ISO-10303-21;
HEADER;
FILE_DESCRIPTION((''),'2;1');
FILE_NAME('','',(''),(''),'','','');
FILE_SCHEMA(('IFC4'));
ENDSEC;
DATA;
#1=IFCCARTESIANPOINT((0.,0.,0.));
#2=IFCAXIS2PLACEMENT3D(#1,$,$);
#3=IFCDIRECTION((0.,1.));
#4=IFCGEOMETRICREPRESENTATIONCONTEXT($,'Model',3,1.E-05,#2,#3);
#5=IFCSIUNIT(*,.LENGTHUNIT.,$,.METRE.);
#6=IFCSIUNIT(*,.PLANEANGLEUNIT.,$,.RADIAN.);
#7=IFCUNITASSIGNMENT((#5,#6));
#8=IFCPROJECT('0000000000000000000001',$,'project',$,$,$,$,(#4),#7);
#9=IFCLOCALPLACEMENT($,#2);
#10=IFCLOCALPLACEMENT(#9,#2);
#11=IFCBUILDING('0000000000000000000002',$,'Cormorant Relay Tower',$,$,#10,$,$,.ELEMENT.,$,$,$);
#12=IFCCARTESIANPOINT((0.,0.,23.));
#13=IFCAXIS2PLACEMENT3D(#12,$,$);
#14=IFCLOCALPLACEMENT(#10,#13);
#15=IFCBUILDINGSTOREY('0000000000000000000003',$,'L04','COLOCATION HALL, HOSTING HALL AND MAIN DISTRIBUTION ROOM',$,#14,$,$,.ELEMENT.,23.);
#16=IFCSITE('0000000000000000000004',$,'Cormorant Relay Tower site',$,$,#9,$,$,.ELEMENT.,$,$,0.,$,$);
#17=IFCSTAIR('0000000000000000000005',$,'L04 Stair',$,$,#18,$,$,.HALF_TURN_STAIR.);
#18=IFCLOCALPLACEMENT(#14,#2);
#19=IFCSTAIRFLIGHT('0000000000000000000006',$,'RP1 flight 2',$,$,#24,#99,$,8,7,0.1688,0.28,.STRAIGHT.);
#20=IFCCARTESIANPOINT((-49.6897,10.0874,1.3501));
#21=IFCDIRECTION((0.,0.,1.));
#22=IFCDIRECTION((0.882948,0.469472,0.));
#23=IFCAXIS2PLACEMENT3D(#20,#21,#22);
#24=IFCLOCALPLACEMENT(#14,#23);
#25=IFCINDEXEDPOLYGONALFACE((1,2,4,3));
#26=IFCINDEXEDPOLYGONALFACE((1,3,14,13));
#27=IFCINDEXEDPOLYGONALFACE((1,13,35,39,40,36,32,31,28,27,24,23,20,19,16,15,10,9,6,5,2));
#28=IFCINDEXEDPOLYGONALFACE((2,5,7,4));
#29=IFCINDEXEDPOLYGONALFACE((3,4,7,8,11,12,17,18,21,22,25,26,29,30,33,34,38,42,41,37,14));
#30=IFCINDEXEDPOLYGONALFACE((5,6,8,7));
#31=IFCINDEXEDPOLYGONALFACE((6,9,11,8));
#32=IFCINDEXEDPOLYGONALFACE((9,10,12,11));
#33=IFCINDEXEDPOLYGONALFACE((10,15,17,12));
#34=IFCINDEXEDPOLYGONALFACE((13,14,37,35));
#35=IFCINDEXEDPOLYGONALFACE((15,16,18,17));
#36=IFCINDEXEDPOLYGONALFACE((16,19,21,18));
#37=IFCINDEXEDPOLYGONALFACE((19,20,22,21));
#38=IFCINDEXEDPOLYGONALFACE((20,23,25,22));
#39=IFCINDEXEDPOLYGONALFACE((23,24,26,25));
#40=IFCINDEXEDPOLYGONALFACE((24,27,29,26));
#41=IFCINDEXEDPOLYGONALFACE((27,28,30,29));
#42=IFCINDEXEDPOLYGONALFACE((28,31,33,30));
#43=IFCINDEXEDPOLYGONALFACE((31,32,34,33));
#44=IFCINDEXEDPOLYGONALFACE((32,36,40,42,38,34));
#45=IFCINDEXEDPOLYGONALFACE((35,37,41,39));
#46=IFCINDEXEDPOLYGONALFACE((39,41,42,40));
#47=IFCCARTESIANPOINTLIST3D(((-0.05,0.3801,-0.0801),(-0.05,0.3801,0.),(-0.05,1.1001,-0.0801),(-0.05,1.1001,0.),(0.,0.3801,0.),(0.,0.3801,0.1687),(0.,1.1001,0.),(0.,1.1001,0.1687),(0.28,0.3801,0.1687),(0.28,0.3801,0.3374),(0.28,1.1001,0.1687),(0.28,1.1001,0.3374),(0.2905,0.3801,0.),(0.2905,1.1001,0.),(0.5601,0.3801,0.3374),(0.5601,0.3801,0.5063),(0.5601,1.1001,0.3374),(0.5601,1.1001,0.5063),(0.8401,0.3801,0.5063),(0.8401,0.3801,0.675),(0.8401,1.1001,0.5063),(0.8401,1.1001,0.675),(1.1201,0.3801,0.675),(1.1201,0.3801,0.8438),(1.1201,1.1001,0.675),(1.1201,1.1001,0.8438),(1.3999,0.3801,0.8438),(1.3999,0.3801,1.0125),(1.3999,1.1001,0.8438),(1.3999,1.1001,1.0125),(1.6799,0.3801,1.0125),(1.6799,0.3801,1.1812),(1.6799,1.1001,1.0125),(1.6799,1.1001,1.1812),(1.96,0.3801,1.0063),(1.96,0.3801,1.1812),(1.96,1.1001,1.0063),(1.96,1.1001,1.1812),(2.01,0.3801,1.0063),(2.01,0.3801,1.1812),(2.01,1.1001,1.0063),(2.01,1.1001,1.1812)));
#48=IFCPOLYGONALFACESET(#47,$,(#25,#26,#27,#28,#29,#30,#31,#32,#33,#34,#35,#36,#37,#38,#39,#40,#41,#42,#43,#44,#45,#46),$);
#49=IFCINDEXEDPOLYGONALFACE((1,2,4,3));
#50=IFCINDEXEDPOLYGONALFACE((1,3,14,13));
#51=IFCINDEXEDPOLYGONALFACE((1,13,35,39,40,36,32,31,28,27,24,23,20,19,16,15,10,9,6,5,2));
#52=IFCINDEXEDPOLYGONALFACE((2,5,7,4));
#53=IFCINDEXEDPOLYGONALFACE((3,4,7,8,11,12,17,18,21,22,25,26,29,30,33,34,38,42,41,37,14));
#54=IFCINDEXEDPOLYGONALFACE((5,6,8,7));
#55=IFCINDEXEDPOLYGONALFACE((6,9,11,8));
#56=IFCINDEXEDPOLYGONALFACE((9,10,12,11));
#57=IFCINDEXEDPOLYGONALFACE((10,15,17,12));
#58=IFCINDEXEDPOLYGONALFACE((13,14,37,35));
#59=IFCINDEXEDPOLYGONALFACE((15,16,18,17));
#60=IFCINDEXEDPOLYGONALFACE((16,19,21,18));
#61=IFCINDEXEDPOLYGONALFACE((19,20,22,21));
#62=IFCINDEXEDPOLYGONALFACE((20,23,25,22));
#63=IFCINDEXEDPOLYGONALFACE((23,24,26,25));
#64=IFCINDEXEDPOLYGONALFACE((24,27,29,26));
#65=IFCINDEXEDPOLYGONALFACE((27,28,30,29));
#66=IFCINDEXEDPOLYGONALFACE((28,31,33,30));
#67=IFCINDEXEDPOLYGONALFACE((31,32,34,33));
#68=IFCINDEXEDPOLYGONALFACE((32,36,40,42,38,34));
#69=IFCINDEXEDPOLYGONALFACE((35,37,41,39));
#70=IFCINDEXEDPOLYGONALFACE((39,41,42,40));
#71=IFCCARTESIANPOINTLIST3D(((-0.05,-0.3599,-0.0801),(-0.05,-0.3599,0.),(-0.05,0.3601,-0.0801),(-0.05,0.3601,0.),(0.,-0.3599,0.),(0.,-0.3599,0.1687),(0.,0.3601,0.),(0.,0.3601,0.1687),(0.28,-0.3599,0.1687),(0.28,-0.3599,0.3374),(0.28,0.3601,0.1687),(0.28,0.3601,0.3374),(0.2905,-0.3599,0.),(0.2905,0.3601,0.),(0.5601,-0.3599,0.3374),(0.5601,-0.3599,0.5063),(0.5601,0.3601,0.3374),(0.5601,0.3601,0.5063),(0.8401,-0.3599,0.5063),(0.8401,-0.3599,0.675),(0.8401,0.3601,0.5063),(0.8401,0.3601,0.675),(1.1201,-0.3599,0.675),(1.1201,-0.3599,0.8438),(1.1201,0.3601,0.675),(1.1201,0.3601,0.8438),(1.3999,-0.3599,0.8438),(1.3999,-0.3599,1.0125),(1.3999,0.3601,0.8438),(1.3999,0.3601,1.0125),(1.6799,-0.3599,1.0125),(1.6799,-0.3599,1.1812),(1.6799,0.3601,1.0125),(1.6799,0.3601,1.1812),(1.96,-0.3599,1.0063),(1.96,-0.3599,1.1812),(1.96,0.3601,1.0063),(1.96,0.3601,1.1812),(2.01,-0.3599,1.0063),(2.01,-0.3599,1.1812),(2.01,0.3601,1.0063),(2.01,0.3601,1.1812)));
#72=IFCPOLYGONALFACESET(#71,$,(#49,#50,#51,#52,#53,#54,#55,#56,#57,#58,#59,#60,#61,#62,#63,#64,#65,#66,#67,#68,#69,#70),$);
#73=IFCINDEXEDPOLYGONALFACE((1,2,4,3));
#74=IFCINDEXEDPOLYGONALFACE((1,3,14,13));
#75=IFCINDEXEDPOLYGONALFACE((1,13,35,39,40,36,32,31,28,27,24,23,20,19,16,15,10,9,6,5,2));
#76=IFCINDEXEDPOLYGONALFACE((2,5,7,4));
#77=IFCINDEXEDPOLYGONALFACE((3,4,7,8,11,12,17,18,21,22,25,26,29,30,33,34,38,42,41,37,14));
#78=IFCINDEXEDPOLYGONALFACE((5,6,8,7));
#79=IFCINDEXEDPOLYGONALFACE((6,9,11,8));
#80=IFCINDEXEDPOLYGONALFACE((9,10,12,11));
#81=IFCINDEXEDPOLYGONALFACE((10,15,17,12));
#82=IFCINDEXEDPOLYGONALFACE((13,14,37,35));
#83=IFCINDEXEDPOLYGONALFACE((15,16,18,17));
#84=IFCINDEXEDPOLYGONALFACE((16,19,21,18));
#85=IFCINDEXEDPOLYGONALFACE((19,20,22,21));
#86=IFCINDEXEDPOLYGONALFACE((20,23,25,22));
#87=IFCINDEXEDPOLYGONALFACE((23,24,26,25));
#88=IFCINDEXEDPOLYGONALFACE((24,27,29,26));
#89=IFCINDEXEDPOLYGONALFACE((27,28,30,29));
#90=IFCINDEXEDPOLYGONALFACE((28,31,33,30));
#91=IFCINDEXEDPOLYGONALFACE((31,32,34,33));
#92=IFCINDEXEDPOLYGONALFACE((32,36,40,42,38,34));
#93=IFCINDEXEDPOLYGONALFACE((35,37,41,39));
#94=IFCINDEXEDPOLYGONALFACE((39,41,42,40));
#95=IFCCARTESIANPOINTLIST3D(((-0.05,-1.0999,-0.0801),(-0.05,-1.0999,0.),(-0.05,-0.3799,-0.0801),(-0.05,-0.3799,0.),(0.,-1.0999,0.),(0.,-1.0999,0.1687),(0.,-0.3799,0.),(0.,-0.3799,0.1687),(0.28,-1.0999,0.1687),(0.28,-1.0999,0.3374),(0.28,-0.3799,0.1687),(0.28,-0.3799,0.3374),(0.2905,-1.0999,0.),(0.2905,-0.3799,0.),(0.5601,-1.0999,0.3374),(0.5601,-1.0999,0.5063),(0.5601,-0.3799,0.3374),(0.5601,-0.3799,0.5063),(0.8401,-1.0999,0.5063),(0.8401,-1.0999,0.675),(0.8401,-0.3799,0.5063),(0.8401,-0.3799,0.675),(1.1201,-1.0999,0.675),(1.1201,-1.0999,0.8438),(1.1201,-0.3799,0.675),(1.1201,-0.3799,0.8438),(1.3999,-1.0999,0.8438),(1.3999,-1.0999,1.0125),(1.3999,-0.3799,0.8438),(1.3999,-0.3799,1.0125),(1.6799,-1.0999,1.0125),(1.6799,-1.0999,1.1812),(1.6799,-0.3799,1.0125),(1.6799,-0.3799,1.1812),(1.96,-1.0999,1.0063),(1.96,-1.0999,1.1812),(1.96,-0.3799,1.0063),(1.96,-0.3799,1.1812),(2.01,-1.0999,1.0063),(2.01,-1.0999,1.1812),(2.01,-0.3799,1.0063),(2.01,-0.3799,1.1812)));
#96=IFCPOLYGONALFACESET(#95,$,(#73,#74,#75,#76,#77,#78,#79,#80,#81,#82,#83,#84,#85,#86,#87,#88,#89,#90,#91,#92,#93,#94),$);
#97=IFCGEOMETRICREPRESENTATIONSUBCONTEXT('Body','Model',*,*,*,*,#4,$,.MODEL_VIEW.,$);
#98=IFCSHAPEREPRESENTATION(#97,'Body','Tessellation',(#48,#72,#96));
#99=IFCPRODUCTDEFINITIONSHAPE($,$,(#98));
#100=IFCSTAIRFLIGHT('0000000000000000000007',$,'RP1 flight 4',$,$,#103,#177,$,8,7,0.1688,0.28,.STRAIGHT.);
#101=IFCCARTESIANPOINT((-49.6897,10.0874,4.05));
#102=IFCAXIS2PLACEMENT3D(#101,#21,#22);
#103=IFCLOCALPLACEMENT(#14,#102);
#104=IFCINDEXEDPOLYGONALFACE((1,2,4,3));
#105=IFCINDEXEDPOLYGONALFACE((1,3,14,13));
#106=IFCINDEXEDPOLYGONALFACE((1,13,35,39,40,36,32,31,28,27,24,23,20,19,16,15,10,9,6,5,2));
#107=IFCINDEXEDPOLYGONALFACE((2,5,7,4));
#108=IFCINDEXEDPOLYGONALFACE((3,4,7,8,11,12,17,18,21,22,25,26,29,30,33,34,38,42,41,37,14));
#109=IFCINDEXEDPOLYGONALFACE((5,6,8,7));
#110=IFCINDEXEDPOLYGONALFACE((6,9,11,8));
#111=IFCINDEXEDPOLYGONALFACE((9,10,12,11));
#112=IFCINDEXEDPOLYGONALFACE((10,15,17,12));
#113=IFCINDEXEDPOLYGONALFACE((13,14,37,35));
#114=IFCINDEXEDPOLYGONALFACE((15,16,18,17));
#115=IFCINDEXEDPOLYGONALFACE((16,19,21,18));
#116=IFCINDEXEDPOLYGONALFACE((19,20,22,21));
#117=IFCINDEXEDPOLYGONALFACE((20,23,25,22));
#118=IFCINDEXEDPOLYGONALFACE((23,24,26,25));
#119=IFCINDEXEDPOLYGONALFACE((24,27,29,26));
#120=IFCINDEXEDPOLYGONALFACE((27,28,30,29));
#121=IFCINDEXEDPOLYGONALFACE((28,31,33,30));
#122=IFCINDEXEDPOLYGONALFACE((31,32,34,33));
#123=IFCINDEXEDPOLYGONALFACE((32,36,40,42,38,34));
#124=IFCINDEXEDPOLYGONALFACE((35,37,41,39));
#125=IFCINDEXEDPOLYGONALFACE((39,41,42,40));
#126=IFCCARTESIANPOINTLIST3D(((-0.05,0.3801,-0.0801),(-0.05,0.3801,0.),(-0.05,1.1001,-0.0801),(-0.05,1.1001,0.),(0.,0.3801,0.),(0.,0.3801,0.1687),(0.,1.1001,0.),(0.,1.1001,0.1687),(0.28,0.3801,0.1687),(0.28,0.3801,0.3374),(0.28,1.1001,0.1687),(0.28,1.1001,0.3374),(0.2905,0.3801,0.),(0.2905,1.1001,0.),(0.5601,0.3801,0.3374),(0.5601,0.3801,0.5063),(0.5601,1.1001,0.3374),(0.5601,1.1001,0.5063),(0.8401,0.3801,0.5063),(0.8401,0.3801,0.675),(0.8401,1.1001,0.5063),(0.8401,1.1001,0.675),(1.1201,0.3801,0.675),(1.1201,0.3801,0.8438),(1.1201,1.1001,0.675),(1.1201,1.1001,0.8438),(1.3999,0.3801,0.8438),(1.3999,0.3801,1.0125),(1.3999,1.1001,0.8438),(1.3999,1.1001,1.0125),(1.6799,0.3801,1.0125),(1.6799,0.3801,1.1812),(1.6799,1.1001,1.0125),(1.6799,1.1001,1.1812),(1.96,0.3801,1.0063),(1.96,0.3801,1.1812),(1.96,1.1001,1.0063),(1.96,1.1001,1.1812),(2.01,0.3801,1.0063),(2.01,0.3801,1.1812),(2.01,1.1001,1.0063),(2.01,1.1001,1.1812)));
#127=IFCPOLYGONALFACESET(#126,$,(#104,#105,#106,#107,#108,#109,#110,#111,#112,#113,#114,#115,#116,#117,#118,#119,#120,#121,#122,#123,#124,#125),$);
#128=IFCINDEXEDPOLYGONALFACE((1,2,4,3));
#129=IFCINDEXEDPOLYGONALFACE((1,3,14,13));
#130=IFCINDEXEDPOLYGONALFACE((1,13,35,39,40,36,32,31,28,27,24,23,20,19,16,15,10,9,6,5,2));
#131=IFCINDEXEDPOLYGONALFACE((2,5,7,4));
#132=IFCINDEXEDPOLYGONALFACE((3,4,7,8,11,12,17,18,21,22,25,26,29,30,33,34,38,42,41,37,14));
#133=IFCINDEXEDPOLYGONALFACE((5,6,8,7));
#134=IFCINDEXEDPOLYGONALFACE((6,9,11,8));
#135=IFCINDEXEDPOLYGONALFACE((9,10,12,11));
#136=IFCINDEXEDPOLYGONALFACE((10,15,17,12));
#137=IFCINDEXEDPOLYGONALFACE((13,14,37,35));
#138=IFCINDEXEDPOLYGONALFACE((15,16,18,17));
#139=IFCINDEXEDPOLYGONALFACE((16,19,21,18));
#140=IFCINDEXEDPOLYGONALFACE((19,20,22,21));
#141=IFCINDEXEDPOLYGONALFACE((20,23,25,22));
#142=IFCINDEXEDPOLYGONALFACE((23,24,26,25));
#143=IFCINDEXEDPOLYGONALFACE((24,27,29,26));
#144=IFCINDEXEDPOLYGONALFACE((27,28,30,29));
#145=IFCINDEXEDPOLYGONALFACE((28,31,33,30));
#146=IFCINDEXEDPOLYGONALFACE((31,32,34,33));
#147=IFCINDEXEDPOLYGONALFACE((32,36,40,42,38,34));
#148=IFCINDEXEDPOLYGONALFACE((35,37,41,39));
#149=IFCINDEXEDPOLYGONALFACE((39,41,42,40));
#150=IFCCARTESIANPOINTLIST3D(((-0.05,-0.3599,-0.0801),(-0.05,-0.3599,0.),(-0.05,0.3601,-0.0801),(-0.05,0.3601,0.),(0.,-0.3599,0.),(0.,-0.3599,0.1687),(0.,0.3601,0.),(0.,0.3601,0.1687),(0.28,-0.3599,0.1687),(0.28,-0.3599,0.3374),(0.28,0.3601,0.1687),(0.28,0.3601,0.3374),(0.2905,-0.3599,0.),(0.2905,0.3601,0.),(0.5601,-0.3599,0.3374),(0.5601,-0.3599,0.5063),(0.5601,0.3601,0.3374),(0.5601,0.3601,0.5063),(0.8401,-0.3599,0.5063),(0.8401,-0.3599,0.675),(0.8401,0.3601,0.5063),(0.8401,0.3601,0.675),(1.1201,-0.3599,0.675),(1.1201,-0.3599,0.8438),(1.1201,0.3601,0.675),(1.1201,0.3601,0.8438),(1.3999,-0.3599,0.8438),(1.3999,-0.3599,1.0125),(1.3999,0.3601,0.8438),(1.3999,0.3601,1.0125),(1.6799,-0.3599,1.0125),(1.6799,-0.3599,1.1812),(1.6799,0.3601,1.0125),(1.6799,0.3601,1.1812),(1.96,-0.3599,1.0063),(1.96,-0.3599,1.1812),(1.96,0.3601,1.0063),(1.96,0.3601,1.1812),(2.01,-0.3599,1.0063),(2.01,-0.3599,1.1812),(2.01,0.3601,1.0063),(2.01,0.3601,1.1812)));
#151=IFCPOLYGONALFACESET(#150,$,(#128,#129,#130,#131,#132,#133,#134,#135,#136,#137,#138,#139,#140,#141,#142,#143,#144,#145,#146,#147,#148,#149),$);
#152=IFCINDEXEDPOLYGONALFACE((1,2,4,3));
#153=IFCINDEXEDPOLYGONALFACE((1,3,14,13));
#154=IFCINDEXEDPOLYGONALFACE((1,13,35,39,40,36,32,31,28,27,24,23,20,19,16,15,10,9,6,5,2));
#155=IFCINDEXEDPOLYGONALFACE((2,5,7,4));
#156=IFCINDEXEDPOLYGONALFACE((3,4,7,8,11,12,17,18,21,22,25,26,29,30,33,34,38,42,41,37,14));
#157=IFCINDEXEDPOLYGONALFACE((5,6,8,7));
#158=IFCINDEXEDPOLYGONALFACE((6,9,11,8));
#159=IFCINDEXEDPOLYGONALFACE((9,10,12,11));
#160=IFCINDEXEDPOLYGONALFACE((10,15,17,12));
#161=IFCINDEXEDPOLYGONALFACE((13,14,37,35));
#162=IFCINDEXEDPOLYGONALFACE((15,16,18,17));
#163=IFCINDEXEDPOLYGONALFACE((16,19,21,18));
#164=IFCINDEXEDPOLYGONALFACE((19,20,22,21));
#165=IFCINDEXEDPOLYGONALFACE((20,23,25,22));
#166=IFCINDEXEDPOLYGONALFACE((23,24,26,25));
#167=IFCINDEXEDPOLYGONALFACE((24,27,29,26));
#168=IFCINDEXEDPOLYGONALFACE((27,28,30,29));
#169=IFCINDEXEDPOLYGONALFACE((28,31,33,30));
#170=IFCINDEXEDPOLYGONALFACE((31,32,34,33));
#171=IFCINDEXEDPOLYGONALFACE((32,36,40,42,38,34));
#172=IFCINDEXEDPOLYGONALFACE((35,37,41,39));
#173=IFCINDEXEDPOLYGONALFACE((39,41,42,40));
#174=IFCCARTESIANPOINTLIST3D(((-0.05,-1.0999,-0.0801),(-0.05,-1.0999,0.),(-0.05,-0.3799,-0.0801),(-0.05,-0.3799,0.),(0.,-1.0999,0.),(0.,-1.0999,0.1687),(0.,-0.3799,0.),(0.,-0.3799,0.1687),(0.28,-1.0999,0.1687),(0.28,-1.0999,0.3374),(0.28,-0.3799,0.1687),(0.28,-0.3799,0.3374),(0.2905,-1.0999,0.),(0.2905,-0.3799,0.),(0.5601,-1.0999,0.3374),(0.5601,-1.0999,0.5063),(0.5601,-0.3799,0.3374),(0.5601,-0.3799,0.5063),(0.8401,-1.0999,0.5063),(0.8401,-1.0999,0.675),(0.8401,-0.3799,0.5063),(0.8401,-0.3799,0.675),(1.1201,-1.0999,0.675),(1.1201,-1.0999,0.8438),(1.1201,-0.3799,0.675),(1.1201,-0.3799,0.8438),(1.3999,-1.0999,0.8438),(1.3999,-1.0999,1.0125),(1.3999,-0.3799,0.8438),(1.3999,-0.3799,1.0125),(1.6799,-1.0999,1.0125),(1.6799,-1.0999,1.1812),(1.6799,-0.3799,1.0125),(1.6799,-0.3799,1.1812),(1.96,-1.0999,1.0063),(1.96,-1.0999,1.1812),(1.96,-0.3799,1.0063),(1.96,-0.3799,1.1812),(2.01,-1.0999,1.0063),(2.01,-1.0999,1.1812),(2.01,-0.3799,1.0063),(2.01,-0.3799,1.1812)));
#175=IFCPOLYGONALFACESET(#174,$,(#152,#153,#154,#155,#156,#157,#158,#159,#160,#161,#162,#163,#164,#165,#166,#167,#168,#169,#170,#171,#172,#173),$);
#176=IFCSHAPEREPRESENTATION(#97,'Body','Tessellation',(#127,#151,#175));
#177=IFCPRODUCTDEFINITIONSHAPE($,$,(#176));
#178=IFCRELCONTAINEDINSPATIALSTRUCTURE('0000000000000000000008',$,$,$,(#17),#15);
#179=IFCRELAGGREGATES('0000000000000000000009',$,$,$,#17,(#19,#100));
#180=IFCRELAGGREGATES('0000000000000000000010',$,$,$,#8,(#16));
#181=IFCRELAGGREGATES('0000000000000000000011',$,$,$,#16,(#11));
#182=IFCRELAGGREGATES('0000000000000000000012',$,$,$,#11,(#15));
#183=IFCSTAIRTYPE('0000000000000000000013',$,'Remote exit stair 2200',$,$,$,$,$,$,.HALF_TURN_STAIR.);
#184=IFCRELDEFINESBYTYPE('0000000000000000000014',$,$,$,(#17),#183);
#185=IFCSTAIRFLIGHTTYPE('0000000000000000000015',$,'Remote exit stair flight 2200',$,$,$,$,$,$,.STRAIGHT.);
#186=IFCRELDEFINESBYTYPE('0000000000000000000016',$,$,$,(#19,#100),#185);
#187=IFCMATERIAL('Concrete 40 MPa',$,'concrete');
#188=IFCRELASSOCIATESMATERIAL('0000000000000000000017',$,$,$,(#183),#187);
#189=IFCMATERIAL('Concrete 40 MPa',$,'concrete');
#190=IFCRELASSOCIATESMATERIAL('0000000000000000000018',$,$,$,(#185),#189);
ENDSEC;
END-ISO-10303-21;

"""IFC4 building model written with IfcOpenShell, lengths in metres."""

from ifc_helpers import new_model, si_unit, direction, frame, origin, place, context, subcontext, project, spatial, polyline, outline, extrude, material, type_object, element, aggregate, save


model = new_model("IFC4")

# Units and contexts
model_context = context("Model", 3, precision=1e-05, world=origin(), true_north=direction((0.0, 1.0)))
body_context = subcontext(model_context, "Body", "Model", "MODEL_VIEW")
ifc_project = project(units=[si_unit("LENGTHUNIT", "METRE"), si_unit("PLANEANGLEUNIT", "RADIAN")], contexts=[model_context])

# Site, building, storey
site_placement = place(None, origin())
site = spatial("IfcSite", under=ifc_project, at=site_placement, Name="Cormorant Relay Tower site", CompositionType="ELEMENT", RefElevation=0.0)
building_placement = place(site_placement, origin())
building = spatial("IfcBuilding", under=site, at=building_placement, Name="Cormorant Relay Tower", CompositionType="ELEMENT")
storey_placement = place(building_placement, frame((0.0, 0.0, 23.0)))
storey = spatial("IfcBuildingStorey", under=building, at=storey_placement, Name="L04", Description="COLOCATION HALL, HOSTING HALL AND MAIN DISTRIBUTION ROOM", CompositionType="ELEMENT", Elevation=23.0)

# Stair, stair flights
ifc_material_1 = material(Name="Concrete 40 MPa", Category="concrete")
stair_type = type_object("IfcStairType", Name="Remote exit stair 2200", PredefinedType="HALF_TURN_STAIR", material=ifc_material_1)
stair_placement = place(storey_placement, origin())
stair = element("IfcStair", 1, at=stair_placement, inside=storey, type_object=stair_type, Name="L04 Stair", PredefinedType="HALF_TURN_STAIR")
ifc_material_2 = material(Name="Concrete 40 MPa", Category="concrete")
stair_flight_type = type_object("IfcStairFlightType", Name="Remote exit stair flight 2200", PredefinedType="STRAIGHT", material=ifc_material_2)
stair_flight_1_placement = place(storey_placement, frame((-49.6897, 10.0874, 1.3501), z_axis=(0.0, 0.0, 1.0), x_axis=(0.882948, 0.469472, 0.0)))
stair_flight_1 = element("IfcStairFlight", 2, at=stair_flight_1_placement, type_object=stair_flight_type, Name="RP1 flight 2", NumberOfRisers=8, NumberOfTreads=7, PredefinedType="STRAIGHT", RiserHeight=0.1688, TreadLength=0.28, context=body_context, shape_type="SweptSolid", body=[
    extrude(outline(polyline([(-0.05, -0.0801), (-0.05, 0.0), (0.0, 0.0), (0.0, 0.1687), (0.28, 0.1687), (0.28, 0.3374), (0.5601, 0.3374), (0.5601, 0.5063), (0.8401, 0.5063), (0.8401, 0.675), (1.1201, 0.675), (1.1201, 0.8438), (1.3999, 0.8438), (1.3999, 1.0125), (1.6799, 1.0125), (1.6799, 1.1812), (1.96, 1.1812), (2.01, 1.1812), (2.01, 1.0063), (1.96, 1.0063), (0.2905, 0.0), (-0.05, -0.0801)])), frame((0.0, 1.1001, 0.0), z_axis=(0.0, -1.0, 0.0), x_axis=(1.0, 0.0, 0.0)), (0.0, 0.0, 1.0), 0.72),
    extrude(outline(polyline([(-0.05, -0.0801), (-0.05, 0.0), (0.0, 0.0), (0.0, 0.1687), (0.28, 0.1687), (0.28, 0.3374), (0.5601, 0.3374), (0.5601, 0.5063), (0.8401, 0.5063), (0.8401, 0.675), (1.1201, 0.675), (1.1201, 0.8438), (1.3999, 0.8438), (1.3999, 1.0125), (1.6799, 1.0125), (1.6799, 1.1812), (1.96, 1.1812), (2.01, 1.1812), (2.01, 1.0063), (1.96, 1.0063), (0.2905, 0.0), (-0.05, -0.0801)])), frame((0.0, 0.3601, 0.0), z_axis=(0.0, -1.0, 0.0), x_axis=(1.0, 0.0, 0.0)), (0.0, 0.0, 1.0), 0.72),
    extrude(outline(polyline([(-0.05, -0.0801), (-0.05, 0.0), (0.0, 0.0), (0.0, 0.1687), (0.28, 0.1687), (0.28, 0.3374), (0.5601, 0.3374), (0.5601, 0.5063), (0.8401, 0.5063), (0.8401, 0.675), (1.1201, 0.675), (1.1201, 0.8438), (1.3999, 0.8438), (1.3999, 1.0125), (1.6799, 1.0125), (1.6799, 1.1812), (1.96, 1.1812), (2.01, 1.1812), (2.01, 1.0063), (1.96, 1.0063), (0.2905, 0.0), (-0.05, -0.0801)])), frame((0.0, -0.3799, 0.0), z_axis=(0.0, -1.0, 0.0), x_axis=(1.0, 0.0, 0.0)), (0.0, 0.0, 1.0), 0.72),
])
stair_flight_2_placement = place(storey_placement, frame((-49.6897, 10.0874, 4.05), z_axis=(0.0, 0.0, 1.0), x_axis=(0.882948, 0.469472, 0.0)))
stair_flight_2 = element("IfcStairFlight", 3, at=stair_flight_2_placement, type_object=stair_flight_type, Name="RP1 flight 4", NumberOfRisers=8, NumberOfTreads=7, PredefinedType="STRAIGHT", RiserHeight=0.1688, TreadLength=0.28, context=body_context, shape_type="SweptSolid", body=[
    extrude(outline(polyline([(-0.05, -0.0801), (-0.05, 0.0), (0.0, 0.0), (0.0, 0.1687), (0.28, 0.1687), (0.28, 0.3374), (0.5601, 0.3374), (0.5601, 0.5063), (0.8401, 0.5063), (0.8401, 0.675), (1.1201, 0.675), (1.1201, 0.8438), (1.3999, 0.8438), (1.3999, 1.0125), (1.6799, 1.0125), (1.6799, 1.1812), (1.96, 1.1812), (2.01, 1.1812), (2.01, 1.0063), (1.96, 1.0063), (0.2905, 0.0), (-0.05, -0.0801)])), frame((0.0, 1.1001, 0.0), z_axis=(0.0, -1.0, 0.0), x_axis=(1.0, 0.0, 0.0)), (0.0, 0.0, 1.0), 0.72),
    extrude(outline(polyline([(-0.05, -0.0801), (-0.05, 0.0), (0.0, 0.0), (0.0, 0.1687), (0.28, 0.1687), (0.28, 0.3374), (0.5601, 0.3374), (0.5601, 0.5063), (0.8401, 0.5063), (0.8401, 0.675), (1.1201, 0.675), (1.1201, 0.8438), (1.3999, 0.8438), (1.3999, 1.0125), (1.6799, 1.0125), (1.6799, 1.1812), (1.96, 1.1812), (2.01, 1.1812), (2.01, 1.0063), (1.96, 1.0063), (0.2905, 0.0), (-0.05, -0.0801)])), frame((0.0, 0.3601, 0.0), z_axis=(0.0, -1.0, 0.0), x_axis=(1.0, 0.0, 0.0)), (0.0, 0.0, 1.0), 0.72),
    extrude(outline(polyline([(-0.05, -0.0801), (-0.05, 0.0), (0.0, 0.0), (0.0, 0.1687), (0.28, 0.1687), (0.28, 0.3374), (0.5601, 0.3374), (0.5601, 0.5063), (0.8401, 0.5063), (0.8401, 0.675), (1.1201, 0.675), (1.1201, 0.8438), (1.3999, 0.8438), (1.3999, 1.0125), (1.6799, 1.0125), (1.6799, 1.1812), (1.96, 1.1812), (2.01, 1.1812), (2.01, 1.0063), (1.96, 1.0063), (0.2905, 0.0), (-0.05, -0.0801)])), frame((0.0, -0.3799, 0.0), z_axis=(0.0, -1.0, 0.0), x_axis=(1.0, 0.0, 0.0)), (0.0, 0.0, 1.0), 0.72),
])
aggregate(stair, [stair_flight_1, stair_flight_2])

save(model, "model.ifc")
